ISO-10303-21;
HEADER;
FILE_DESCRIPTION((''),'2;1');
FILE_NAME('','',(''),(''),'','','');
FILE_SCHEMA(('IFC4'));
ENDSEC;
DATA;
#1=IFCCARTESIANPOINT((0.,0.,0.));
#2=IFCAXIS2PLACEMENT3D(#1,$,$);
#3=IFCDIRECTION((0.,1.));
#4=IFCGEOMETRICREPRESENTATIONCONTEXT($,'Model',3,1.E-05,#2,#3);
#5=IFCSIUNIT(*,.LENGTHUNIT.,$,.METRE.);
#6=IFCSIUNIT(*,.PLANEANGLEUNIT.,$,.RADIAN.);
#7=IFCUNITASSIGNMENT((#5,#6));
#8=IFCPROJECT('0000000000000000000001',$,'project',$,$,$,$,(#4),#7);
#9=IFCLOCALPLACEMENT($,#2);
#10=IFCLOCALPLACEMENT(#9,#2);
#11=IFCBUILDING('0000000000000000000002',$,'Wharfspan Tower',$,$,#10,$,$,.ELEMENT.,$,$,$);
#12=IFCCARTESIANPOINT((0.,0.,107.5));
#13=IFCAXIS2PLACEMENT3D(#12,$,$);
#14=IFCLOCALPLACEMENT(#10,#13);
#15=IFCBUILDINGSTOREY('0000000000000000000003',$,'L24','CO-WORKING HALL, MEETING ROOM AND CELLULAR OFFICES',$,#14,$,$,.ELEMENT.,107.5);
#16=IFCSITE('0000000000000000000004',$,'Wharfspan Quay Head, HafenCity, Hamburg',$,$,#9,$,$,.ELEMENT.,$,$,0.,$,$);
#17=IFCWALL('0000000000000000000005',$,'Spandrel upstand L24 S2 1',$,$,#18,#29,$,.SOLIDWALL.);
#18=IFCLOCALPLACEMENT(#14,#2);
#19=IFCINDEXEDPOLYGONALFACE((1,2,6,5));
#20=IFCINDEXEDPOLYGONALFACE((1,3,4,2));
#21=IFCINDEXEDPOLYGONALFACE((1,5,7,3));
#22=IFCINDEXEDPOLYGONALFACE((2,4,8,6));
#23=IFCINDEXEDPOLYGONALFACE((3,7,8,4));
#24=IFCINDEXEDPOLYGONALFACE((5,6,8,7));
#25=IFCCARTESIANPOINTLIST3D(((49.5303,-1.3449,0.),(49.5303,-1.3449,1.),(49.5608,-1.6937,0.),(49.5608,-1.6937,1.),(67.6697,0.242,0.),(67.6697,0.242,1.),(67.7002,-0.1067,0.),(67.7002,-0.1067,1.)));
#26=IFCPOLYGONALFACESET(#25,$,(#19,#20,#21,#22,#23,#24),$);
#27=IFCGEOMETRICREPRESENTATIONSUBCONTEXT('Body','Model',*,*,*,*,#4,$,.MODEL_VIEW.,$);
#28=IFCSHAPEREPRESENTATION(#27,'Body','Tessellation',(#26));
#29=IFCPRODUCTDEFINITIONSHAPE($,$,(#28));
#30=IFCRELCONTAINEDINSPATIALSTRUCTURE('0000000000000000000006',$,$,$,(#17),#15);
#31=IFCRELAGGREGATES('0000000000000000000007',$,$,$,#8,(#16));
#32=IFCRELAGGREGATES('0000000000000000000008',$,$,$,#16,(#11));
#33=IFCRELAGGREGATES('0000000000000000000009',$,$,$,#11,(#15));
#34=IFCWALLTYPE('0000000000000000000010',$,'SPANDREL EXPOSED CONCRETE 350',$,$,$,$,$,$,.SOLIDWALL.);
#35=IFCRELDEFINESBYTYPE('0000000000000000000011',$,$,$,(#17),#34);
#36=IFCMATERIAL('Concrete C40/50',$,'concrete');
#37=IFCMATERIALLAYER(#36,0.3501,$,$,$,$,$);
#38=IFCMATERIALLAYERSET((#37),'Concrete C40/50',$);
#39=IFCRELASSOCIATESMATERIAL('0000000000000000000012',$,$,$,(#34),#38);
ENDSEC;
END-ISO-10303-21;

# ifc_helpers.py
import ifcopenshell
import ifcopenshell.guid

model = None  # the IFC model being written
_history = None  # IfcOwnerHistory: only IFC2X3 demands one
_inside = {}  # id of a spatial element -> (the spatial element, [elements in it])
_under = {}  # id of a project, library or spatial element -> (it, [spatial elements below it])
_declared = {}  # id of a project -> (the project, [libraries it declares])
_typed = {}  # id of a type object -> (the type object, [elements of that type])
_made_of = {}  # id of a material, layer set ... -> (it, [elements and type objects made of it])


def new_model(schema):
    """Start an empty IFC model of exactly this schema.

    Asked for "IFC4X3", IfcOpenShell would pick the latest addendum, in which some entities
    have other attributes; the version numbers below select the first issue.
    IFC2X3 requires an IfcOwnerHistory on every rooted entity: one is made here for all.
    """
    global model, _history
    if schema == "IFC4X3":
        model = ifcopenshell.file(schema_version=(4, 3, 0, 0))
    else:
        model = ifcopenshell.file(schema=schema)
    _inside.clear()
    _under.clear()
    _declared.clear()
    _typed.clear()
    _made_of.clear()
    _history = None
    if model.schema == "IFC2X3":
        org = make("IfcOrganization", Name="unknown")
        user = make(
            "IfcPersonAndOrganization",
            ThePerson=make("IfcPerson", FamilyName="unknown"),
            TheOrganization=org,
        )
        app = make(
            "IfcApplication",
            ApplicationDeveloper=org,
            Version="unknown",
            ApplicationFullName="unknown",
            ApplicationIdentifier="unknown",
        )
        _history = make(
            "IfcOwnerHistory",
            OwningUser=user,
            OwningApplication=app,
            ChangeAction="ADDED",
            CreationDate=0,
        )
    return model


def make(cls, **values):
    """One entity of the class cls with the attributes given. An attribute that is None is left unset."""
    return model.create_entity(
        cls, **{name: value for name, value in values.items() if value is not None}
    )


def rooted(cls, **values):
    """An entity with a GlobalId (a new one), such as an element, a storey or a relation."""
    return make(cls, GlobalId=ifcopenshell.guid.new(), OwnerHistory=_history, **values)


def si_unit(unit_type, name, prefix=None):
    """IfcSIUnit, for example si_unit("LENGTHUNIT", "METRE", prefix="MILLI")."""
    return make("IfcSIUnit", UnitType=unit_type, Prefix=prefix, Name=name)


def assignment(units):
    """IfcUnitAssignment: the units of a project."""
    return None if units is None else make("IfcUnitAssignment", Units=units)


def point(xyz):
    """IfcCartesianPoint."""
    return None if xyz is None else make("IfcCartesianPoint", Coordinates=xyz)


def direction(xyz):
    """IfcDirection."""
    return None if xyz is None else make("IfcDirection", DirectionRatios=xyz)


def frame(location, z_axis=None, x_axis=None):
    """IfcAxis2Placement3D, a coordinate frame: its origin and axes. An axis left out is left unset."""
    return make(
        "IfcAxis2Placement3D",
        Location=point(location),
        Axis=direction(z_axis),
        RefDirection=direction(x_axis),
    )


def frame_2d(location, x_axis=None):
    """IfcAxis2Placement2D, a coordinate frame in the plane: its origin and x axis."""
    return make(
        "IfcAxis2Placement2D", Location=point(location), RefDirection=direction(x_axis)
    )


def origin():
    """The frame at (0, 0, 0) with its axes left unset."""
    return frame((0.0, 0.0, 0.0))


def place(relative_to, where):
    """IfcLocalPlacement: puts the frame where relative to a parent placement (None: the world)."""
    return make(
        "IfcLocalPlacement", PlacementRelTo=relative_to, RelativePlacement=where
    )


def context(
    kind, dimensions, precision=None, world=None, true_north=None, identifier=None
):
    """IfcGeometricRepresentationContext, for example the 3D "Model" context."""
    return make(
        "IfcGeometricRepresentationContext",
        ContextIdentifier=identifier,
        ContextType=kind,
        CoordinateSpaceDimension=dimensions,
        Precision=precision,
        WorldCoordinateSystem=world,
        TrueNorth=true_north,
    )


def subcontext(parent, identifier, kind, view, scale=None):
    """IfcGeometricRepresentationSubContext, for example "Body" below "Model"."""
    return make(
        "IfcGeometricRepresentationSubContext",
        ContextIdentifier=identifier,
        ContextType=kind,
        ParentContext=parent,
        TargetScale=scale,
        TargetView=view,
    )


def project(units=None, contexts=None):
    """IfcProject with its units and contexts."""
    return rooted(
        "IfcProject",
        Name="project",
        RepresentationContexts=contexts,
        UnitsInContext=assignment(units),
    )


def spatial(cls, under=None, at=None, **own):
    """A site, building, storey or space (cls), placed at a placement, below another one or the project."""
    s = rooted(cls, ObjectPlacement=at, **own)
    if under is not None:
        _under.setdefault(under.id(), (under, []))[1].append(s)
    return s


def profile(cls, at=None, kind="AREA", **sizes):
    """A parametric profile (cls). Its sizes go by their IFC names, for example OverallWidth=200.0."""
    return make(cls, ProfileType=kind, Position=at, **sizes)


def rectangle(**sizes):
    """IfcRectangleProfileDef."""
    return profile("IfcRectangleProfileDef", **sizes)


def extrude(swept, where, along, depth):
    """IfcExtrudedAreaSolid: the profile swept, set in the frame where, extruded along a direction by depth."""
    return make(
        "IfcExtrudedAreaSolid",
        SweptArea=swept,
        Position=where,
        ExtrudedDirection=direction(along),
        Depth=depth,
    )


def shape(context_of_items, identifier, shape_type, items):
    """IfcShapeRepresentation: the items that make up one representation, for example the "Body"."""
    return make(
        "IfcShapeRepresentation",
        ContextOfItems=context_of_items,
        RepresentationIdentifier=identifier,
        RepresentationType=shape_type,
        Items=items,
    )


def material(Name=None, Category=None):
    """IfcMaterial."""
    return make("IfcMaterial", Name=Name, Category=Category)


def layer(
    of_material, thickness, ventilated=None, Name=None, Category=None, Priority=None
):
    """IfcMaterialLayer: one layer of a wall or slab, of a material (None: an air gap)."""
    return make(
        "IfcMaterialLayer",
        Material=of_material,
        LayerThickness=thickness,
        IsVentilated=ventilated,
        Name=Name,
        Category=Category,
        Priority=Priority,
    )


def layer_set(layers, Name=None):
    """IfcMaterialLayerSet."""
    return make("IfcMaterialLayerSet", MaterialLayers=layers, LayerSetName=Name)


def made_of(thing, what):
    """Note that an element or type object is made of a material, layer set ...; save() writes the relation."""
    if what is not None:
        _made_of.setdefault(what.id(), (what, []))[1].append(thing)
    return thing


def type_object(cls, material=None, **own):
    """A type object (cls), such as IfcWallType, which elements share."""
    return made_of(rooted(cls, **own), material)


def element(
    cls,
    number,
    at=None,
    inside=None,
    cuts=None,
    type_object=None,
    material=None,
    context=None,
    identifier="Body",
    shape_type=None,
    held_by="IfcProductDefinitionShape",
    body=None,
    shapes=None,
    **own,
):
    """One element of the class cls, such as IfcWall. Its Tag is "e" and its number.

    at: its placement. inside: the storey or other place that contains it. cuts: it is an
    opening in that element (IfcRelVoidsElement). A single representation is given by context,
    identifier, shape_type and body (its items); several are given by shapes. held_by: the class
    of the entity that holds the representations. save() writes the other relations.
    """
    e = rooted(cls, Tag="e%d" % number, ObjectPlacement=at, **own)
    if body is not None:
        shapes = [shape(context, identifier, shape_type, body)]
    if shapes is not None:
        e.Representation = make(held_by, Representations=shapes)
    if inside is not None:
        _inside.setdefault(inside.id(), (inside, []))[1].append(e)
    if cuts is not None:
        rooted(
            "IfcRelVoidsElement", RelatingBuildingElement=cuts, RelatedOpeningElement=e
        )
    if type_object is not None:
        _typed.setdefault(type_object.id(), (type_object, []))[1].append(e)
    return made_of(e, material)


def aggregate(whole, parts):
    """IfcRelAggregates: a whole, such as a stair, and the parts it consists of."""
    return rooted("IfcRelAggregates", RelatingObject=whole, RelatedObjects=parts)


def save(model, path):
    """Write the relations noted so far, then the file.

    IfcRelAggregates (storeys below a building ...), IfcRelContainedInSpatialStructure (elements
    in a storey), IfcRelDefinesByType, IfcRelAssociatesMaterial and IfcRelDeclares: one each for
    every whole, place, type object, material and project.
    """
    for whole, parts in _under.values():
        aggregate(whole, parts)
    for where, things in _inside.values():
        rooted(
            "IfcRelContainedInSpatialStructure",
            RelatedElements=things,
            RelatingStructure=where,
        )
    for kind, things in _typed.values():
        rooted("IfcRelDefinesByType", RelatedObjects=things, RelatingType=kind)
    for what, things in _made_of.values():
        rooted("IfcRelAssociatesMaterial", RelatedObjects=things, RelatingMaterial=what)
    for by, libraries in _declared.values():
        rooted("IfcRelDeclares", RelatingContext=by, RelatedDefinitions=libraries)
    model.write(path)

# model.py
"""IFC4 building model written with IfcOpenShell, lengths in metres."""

from ifc_helpers import new_model, si_unit, direction, frame, frame_2d, origin, place, context, subcontext, project, spatial, rectangle, extrude, material, layer, layer_set, type_object, element, save


model = new_model("IFC4")

# Units and contexts
model_context = context("Model", 3, precision=1e-05, world=origin(), true_north=direction((0.0, 1.0)))
body_context = subcontext(model_context, "Body", "Model", "MODEL_VIEW")
ifc_project = project(units=[si_unit("LENGTHUNIT", "METRE"), si_unit("PLANEANGLEUNIT", "RADIAN")], contexts=[model_context])

# Site, building, storey
site_placement = place(None, origin())
site = spatial("IfcSite", under=ifc_project, at=site_placement, Name="Wharfspan Quay Head, HafenCity, Hamburg", CompositionType="ELEMENT", RefElevation=0.0)
building_placement = place(site_placement, origin())
building = spatial("IfcBuilding", under=site, at=building_placement, Name="Wharfspan Tower", CompositionType="ELEMENT")
storey_placement = place(building_placement, frame((0.0, 0.0, 107.5)))
storey = spatial("IfcBuildingStorey", under=building, at=storey_placement, Name="L24", Description="CO-WORKING HALL, MEETING ROOM AND CELLULAR OFFICES", CompositionType="ELEMENT", Elevation=107.5)

# Wall
ifc_material_1 = material(Name="Concrete C40/50", Category="concrete")
ifc_layer_1 = layer(ifc_material_1, 0.3501)
ifc_layer_set_1 = layer_set([ifc_layer_1], Name="Concrete C40/50")
wall_type_1 = type_object("IfcWallType", Name="SPANDREL EXPOSED CONCRETE 350", PredefinedType="SOLIDWALL", material=ifc_layer_set_1)
wall_1_placement = place(storey_placement, frame((49.5454, -1.5193, 0.0), z_axis=(0.0, 0.0, 1.0), x_axis=(0.996191, 0.087151, 0.0)))
element("IfcWall", 1, at=wall_1_placement, inside=storey, type_object=wall_type_1, Name="Spandrel upstand L24 S2 1", PredefinedType="SOLIDWALL", context=body_context, shape_type="SweptSolid", body=[
    extrude(rectangle(XDim=18.2087, YDim=0.3501, at=frame_2d((9.1045, 0.0))), origin(), (0.0, 0.0, 1.0), 1.0),
])

save(model, "model.ifc")
